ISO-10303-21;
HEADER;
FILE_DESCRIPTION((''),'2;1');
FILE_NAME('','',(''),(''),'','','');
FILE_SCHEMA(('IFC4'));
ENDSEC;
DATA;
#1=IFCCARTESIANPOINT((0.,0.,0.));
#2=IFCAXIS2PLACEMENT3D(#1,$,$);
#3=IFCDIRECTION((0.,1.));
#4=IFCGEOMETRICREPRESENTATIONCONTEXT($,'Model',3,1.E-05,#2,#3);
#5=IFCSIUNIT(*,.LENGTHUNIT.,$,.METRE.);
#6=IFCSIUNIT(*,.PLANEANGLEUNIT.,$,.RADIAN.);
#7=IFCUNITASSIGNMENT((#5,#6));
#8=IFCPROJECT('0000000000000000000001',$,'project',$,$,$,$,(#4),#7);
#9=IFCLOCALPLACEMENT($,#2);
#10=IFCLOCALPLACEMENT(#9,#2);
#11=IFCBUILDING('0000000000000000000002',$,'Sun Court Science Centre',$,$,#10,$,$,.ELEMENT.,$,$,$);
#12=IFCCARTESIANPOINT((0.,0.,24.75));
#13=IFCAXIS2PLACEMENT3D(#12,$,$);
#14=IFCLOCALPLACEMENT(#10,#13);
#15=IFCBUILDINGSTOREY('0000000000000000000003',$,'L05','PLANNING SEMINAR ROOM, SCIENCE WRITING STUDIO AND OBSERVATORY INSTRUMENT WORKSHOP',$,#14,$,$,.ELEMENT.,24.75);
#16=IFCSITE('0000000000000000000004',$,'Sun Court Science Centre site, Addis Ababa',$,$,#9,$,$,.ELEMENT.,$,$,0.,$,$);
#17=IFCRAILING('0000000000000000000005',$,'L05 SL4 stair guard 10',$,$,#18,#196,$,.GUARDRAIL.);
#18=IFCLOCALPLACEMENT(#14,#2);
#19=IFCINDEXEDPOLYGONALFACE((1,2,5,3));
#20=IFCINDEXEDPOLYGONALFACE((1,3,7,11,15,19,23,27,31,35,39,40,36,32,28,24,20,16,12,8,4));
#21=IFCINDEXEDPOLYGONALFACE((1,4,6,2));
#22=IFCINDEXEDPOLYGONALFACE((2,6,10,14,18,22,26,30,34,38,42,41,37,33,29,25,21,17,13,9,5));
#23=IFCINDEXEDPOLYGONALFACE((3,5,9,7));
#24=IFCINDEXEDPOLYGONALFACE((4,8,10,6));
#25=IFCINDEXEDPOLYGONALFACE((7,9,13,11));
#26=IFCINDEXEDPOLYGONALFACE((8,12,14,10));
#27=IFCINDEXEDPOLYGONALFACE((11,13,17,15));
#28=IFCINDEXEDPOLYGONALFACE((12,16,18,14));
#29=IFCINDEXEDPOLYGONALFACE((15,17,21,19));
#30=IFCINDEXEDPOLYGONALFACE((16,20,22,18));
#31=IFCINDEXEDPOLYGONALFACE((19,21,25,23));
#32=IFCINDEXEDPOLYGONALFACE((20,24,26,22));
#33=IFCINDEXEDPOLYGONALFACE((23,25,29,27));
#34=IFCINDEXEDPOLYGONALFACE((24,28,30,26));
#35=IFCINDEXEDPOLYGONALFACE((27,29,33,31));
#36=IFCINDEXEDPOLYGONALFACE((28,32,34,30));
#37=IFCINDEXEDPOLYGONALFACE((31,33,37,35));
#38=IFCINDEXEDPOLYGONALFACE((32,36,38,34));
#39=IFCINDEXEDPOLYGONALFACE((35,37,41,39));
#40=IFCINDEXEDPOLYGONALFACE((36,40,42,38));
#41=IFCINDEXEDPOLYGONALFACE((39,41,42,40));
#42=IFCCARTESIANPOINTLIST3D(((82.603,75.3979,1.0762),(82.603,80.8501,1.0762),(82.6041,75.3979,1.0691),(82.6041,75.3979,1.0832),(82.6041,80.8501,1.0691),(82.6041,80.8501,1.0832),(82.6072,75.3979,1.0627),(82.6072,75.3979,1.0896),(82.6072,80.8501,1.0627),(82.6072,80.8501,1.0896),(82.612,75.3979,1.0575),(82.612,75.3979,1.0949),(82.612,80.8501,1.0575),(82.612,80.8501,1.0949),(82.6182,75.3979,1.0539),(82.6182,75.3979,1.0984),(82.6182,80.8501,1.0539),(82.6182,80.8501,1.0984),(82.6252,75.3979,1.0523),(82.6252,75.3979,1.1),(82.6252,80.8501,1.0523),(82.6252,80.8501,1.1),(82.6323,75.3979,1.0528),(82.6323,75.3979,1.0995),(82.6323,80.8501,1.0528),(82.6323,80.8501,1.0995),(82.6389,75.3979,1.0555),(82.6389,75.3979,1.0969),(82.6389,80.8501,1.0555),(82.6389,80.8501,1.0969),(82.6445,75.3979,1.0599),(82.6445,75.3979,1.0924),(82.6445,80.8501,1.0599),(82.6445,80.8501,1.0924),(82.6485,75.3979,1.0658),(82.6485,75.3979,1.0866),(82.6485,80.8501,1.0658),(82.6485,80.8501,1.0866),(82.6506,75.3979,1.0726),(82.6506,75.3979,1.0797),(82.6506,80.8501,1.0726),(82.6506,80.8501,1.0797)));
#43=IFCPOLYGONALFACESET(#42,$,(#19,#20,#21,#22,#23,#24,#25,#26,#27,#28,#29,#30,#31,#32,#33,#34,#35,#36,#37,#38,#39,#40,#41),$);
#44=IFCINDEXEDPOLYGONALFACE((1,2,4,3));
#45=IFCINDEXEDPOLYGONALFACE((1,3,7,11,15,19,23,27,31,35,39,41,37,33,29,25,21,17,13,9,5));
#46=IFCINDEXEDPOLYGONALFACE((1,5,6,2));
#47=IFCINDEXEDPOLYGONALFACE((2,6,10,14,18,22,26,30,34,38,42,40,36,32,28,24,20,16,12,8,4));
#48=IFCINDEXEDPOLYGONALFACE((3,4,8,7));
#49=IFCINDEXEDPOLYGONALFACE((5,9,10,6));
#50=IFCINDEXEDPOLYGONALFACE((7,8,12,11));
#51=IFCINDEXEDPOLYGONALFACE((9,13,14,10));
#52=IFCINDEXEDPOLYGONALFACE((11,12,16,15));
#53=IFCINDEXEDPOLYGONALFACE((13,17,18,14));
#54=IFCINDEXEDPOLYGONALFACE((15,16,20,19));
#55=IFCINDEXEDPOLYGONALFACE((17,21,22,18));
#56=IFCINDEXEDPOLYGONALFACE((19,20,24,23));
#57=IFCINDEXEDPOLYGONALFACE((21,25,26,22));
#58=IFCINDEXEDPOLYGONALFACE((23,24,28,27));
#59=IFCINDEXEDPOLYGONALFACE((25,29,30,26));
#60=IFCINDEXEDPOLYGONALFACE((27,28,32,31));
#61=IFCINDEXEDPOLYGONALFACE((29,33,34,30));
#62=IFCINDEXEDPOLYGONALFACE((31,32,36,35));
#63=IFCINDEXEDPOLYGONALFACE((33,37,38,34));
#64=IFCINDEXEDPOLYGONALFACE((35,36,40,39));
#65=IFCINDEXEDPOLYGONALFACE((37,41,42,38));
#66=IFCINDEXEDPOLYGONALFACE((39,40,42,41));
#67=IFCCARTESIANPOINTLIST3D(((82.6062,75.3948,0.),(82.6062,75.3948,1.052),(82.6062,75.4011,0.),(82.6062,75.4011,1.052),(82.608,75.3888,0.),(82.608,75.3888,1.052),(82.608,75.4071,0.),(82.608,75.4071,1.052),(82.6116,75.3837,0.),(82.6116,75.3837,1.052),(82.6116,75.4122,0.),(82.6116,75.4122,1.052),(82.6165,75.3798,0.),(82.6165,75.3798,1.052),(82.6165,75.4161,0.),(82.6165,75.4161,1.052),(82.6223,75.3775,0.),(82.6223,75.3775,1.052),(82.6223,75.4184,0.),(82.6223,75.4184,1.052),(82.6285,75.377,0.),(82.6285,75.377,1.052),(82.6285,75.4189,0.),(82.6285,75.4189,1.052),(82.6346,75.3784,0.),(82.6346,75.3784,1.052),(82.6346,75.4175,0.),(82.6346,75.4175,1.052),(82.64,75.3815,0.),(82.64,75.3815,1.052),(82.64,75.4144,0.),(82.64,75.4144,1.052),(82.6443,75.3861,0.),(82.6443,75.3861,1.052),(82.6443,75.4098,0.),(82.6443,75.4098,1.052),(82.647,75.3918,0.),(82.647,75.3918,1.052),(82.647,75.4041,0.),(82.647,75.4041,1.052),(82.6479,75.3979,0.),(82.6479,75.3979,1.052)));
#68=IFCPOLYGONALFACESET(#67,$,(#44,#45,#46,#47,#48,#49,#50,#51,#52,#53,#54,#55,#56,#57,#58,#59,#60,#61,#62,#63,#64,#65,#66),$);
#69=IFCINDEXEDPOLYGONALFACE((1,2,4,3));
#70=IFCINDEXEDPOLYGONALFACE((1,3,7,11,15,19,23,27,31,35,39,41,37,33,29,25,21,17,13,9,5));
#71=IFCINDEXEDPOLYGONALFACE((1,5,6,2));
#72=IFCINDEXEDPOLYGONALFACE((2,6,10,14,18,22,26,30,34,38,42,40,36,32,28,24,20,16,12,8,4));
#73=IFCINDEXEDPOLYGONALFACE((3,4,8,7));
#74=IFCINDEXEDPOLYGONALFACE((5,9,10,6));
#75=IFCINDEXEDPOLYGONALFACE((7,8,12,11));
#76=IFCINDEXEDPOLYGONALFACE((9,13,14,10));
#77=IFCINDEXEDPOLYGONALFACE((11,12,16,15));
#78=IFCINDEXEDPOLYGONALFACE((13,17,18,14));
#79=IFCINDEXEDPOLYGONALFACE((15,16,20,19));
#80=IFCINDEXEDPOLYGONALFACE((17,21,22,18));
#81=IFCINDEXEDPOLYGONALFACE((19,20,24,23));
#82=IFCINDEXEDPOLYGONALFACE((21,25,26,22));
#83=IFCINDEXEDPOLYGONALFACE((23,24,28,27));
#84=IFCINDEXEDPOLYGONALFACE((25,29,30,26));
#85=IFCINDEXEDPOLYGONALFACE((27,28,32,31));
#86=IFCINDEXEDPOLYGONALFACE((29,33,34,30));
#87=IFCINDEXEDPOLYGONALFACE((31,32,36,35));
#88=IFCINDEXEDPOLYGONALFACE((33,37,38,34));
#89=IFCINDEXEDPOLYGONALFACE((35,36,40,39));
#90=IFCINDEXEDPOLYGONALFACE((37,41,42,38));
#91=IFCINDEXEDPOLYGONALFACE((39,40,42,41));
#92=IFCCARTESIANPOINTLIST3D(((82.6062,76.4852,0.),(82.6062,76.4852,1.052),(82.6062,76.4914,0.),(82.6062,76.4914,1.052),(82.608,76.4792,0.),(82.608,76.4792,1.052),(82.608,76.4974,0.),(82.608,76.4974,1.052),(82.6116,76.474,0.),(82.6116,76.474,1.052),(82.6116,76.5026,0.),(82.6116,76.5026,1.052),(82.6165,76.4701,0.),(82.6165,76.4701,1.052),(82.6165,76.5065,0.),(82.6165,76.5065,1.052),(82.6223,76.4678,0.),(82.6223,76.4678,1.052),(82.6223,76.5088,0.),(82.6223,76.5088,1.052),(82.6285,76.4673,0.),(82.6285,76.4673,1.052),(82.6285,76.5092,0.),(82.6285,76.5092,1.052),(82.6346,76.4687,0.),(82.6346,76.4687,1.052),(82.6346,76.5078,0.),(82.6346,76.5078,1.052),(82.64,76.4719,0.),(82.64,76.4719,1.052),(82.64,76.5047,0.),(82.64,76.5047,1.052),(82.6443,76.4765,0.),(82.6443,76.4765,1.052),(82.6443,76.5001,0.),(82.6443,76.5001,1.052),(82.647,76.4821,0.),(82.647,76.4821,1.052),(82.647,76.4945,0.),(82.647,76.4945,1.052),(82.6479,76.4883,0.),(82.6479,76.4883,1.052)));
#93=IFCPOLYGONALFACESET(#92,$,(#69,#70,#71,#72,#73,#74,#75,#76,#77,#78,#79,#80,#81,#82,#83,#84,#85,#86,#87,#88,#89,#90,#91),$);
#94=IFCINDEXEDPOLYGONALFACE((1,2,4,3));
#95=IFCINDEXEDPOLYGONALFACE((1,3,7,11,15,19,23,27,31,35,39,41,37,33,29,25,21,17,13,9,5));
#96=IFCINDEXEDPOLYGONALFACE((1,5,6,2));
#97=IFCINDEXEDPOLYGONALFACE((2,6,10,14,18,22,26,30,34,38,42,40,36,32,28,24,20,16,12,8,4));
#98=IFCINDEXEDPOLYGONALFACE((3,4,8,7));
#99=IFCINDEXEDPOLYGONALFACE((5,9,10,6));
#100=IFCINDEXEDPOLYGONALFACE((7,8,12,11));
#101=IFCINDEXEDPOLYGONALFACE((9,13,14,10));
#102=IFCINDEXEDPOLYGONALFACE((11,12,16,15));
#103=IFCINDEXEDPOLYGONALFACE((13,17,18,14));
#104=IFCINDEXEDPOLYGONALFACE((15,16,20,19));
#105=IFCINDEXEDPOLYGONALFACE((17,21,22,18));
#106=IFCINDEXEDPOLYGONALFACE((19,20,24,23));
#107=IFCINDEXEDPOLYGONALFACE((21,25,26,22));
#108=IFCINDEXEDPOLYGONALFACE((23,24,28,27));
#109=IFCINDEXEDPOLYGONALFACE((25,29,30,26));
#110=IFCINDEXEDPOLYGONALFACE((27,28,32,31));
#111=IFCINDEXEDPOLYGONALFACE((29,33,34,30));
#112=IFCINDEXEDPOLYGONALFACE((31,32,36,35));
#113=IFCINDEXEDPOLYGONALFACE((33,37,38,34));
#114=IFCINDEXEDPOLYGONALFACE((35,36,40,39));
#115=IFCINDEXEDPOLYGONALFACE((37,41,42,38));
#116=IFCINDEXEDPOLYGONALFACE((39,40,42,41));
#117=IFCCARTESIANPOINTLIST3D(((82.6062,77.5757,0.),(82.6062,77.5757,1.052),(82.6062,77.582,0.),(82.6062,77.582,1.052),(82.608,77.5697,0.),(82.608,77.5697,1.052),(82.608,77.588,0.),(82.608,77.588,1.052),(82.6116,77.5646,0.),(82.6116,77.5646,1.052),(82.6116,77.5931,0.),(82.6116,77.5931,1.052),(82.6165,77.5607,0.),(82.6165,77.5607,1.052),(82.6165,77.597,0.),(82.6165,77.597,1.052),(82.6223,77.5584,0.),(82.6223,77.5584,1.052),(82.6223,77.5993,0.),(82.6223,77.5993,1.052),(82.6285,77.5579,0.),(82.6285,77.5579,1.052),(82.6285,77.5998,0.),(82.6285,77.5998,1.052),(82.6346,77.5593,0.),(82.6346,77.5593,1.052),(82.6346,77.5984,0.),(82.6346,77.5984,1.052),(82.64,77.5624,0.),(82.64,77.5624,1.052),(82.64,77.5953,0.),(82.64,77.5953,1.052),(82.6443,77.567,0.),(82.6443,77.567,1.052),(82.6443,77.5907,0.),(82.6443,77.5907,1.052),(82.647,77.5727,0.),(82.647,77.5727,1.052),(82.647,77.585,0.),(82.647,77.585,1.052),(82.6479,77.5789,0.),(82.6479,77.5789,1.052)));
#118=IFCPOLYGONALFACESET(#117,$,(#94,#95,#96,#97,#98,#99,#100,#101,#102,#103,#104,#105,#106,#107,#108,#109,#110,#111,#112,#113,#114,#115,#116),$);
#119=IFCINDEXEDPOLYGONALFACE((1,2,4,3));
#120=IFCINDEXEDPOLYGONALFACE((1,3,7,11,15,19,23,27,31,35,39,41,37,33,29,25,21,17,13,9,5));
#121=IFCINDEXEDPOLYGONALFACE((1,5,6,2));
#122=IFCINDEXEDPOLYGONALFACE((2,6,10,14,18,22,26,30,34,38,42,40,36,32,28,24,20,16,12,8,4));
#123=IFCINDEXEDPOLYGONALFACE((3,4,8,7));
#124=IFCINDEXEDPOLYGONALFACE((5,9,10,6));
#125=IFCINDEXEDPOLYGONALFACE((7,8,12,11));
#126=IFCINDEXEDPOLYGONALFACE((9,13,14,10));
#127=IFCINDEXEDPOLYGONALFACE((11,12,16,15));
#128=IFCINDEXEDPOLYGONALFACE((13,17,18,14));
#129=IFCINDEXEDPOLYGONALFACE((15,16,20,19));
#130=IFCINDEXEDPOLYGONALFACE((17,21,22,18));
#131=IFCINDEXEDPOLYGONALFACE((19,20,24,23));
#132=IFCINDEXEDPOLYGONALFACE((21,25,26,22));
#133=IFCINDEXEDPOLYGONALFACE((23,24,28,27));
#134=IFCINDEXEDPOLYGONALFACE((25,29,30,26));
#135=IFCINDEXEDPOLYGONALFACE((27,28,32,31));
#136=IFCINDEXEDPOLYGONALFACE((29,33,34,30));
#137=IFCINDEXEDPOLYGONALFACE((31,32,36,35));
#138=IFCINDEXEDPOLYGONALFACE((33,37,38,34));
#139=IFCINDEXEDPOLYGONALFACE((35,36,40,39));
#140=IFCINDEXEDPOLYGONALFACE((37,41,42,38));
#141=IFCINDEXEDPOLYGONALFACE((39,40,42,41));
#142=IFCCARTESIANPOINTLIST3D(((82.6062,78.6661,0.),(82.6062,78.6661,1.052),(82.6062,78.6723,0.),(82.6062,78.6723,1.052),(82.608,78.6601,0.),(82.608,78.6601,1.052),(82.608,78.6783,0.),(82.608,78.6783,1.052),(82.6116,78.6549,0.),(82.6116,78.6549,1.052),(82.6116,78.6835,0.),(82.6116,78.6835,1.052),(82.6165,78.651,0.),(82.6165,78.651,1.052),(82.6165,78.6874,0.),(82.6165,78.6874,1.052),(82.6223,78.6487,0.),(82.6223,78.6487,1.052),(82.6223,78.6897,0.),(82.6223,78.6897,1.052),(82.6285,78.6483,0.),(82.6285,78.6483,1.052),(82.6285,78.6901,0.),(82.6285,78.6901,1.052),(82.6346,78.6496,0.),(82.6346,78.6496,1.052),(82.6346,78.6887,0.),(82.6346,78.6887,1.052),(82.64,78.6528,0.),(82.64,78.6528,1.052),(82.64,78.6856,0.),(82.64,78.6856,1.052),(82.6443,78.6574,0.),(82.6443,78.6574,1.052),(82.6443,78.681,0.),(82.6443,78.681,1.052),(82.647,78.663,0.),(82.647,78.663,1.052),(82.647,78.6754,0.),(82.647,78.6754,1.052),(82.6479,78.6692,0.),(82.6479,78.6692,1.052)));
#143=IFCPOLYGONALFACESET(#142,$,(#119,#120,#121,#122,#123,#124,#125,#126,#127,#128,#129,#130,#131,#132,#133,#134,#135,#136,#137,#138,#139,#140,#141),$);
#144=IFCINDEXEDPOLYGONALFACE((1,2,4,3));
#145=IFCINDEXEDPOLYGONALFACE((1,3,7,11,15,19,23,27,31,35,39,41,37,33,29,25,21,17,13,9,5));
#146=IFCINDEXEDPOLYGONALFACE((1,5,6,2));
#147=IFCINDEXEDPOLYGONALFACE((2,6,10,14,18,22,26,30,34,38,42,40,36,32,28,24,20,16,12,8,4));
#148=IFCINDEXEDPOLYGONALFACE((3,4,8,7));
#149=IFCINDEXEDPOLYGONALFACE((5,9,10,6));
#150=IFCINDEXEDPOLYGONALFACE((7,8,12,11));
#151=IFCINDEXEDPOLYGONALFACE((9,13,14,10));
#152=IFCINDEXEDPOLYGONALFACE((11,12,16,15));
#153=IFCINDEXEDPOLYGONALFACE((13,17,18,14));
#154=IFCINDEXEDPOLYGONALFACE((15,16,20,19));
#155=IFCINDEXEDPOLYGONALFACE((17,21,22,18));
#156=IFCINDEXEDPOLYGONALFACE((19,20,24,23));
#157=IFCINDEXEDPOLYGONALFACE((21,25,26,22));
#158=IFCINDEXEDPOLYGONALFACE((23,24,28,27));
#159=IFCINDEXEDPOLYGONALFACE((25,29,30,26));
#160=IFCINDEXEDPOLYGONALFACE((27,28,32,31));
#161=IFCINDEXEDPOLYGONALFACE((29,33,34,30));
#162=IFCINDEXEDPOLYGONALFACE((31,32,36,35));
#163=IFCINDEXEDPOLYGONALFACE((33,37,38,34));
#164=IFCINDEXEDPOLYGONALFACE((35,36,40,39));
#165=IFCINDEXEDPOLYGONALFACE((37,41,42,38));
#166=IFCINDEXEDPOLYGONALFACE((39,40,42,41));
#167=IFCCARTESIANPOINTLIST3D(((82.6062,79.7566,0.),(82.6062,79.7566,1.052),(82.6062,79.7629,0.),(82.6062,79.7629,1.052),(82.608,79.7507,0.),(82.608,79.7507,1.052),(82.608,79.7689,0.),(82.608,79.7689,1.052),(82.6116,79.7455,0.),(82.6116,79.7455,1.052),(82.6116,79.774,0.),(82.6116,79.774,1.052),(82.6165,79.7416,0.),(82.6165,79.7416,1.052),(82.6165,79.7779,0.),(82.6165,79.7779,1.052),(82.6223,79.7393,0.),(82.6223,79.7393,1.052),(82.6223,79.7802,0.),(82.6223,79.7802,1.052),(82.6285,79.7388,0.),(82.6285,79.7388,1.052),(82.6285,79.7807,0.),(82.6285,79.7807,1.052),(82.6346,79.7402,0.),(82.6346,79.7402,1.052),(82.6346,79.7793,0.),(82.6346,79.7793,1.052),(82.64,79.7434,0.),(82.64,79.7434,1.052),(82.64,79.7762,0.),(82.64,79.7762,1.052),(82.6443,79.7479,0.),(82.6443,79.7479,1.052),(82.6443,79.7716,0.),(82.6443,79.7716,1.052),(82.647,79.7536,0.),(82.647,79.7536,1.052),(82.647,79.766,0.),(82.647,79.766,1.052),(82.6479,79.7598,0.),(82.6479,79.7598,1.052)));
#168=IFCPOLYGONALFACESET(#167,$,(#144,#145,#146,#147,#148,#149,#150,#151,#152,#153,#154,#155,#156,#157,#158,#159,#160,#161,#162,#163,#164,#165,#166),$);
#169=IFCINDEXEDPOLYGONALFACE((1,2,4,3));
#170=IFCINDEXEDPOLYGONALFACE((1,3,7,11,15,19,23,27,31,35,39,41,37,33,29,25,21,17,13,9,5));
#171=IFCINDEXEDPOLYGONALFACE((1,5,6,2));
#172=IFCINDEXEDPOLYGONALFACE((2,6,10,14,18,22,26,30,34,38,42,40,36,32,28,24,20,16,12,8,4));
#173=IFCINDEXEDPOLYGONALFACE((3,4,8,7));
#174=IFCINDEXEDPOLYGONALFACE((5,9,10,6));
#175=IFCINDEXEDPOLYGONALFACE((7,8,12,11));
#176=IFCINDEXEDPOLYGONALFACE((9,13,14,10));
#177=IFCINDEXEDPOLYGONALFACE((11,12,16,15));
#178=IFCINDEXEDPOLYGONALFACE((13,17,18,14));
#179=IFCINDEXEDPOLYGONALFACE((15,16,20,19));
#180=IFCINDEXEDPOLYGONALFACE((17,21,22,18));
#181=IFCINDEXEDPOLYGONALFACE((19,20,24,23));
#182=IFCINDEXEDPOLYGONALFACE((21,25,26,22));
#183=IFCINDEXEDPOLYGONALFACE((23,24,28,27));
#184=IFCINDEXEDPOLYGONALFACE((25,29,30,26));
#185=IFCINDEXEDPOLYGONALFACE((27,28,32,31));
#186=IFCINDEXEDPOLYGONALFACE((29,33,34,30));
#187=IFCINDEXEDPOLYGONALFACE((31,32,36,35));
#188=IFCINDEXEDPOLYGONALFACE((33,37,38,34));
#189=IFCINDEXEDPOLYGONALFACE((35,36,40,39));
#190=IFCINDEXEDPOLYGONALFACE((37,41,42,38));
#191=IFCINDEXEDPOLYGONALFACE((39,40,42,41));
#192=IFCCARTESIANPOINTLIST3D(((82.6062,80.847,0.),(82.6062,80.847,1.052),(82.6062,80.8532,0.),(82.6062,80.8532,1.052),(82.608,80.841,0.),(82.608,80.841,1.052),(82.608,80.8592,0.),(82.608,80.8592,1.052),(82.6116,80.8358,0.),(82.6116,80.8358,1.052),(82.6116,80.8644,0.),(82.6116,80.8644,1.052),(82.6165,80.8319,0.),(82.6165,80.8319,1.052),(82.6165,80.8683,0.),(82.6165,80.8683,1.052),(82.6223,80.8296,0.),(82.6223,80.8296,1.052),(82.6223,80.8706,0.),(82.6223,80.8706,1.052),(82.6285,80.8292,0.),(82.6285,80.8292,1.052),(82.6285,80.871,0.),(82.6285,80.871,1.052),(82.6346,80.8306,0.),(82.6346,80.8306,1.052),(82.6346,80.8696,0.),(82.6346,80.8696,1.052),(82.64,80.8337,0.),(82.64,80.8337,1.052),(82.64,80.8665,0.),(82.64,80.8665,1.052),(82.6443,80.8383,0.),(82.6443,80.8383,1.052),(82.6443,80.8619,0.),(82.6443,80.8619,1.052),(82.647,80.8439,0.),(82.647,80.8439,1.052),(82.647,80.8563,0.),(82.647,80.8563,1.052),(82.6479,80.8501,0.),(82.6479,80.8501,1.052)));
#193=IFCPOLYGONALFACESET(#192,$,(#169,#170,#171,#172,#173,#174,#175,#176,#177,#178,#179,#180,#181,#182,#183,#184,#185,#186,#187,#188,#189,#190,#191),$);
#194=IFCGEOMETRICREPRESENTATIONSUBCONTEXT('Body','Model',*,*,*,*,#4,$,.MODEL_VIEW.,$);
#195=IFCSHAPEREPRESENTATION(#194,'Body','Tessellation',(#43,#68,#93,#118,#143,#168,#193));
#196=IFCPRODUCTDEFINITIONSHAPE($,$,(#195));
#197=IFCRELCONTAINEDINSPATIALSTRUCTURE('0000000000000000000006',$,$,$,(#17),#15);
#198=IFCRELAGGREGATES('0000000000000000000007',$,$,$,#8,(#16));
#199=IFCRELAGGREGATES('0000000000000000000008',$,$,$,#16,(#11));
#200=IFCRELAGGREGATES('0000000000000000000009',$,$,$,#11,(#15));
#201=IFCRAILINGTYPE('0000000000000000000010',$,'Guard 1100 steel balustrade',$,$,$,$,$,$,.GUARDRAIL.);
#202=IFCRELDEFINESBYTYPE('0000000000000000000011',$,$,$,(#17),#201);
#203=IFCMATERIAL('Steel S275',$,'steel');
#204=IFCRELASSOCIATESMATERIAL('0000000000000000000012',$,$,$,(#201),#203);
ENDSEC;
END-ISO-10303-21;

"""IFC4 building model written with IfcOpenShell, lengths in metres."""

from ifc_helpers import new_model, si_unit, direction, frame, origin, origin_2d, place, context, subcontext, project, spatial, circle, extrude, material, type_object, element, save


model = new_model("IFC4")

# Units and contexts
model_context = context("Model", 3, precision=1e-05, world=origin(), true_north=direction((0.0, 1.0)))
body_context = subcontext(model_context, "Body", "Model", "MODEL_VIEW")
ifc_project = project(units=[si_unit("LENGTHUNIT", "METRE"), si_unit("PLANEANGLEUNIT", "RADIAN")], contexts=[model_context])

# Site, building, storey
site_placement = place(None, origin())
site = spatial("IfcSite", under=ifc_project, at=site_placement, Name="Sun Court Science Centre site, Addis Ababa", CompositionType="ELEMENT", RefElevation=0.0)
building_placement = place(site_placement, origin())
building = spatial("IfcBuilding", under=site, at=building_placement, Name="Sun Court Science Centre", CompositionType="ELEMENT")
storey_placement = place(building_placement, frame((0.0, 0.0, 24.75)))
storey = spatial("IfcBuildingStorey", under=building, at=storey_placement, Name="L05", Description="PLANNING SEMINAR ROOM, SCIENCE WRITING STUDIO AND OBSERVATORY INSTRUMENT WORKSHOP", CompositionType="ELEMENT", Elevation=24.75)

# Railing
ifc_material_1 = material(Name="Steel S275", Category="steel")
railing_type_1 = type_object("IfcRailingType", Name="Guard 1100 steel balustrade", PredefinedType="GUARDRAIL", material=ifc_material_1)
for number, where, name in (
    (1, (82.627, 75.3979, 0.0), "L05 SL4 stair guard 10"),
):
    element("IfcRailing", number, at=place(storey_placement, frame(where)), inside=storey, type_object=railing_type_1, Name=name, PredefinedType="GUARDRAIL", context=body_context, shape_type="SweptSolid", body=[
        extrude(circle(Radius=0.0239, at=origin_2d()), frame((0.0, 0.0, 1.0762), z_axis=(0.0, 1.0, 0.0), x_axis=(-1.0, 0.0, 0.0)), (0.0, 0.0, 1.0), 5.4521),
        extrude(circle(Radius=0.021, at=origin_2d()), origin(), (0.0, 0.0, 1.0), 1.052),
        extrude(circle(Radius=0.021, at=origin_2d()), frame((0.0, 1.0903, 0.0)), (0.0, 0.0, 1.0), 1.052),
        extrude(circle(Radius=0.021, at=origin_2d()), frame((0.0, 2.1809, 0.0)), (0.0, 0.0, 1.0), 1.052),
        extrude(circle(Radius=0.021, at=origin_2d()), frame((0.0, 3.2712, 0.0)), (0.0, 0.0, 1.0), 1.052),
        extrude(circle(Radius=0.021, at=origin_2d()), frame((0.0, 4.3618, 0.0)), (0.0, 0.0, 1.0), 1.052),
        extrude(circle(Radius=0.021, at=origin_2d()), frame((0.0, 5.4521, 0.0)), (0.0, 0.0, 1.0), 1.052),
    ])

save(model, "model.ifc")
